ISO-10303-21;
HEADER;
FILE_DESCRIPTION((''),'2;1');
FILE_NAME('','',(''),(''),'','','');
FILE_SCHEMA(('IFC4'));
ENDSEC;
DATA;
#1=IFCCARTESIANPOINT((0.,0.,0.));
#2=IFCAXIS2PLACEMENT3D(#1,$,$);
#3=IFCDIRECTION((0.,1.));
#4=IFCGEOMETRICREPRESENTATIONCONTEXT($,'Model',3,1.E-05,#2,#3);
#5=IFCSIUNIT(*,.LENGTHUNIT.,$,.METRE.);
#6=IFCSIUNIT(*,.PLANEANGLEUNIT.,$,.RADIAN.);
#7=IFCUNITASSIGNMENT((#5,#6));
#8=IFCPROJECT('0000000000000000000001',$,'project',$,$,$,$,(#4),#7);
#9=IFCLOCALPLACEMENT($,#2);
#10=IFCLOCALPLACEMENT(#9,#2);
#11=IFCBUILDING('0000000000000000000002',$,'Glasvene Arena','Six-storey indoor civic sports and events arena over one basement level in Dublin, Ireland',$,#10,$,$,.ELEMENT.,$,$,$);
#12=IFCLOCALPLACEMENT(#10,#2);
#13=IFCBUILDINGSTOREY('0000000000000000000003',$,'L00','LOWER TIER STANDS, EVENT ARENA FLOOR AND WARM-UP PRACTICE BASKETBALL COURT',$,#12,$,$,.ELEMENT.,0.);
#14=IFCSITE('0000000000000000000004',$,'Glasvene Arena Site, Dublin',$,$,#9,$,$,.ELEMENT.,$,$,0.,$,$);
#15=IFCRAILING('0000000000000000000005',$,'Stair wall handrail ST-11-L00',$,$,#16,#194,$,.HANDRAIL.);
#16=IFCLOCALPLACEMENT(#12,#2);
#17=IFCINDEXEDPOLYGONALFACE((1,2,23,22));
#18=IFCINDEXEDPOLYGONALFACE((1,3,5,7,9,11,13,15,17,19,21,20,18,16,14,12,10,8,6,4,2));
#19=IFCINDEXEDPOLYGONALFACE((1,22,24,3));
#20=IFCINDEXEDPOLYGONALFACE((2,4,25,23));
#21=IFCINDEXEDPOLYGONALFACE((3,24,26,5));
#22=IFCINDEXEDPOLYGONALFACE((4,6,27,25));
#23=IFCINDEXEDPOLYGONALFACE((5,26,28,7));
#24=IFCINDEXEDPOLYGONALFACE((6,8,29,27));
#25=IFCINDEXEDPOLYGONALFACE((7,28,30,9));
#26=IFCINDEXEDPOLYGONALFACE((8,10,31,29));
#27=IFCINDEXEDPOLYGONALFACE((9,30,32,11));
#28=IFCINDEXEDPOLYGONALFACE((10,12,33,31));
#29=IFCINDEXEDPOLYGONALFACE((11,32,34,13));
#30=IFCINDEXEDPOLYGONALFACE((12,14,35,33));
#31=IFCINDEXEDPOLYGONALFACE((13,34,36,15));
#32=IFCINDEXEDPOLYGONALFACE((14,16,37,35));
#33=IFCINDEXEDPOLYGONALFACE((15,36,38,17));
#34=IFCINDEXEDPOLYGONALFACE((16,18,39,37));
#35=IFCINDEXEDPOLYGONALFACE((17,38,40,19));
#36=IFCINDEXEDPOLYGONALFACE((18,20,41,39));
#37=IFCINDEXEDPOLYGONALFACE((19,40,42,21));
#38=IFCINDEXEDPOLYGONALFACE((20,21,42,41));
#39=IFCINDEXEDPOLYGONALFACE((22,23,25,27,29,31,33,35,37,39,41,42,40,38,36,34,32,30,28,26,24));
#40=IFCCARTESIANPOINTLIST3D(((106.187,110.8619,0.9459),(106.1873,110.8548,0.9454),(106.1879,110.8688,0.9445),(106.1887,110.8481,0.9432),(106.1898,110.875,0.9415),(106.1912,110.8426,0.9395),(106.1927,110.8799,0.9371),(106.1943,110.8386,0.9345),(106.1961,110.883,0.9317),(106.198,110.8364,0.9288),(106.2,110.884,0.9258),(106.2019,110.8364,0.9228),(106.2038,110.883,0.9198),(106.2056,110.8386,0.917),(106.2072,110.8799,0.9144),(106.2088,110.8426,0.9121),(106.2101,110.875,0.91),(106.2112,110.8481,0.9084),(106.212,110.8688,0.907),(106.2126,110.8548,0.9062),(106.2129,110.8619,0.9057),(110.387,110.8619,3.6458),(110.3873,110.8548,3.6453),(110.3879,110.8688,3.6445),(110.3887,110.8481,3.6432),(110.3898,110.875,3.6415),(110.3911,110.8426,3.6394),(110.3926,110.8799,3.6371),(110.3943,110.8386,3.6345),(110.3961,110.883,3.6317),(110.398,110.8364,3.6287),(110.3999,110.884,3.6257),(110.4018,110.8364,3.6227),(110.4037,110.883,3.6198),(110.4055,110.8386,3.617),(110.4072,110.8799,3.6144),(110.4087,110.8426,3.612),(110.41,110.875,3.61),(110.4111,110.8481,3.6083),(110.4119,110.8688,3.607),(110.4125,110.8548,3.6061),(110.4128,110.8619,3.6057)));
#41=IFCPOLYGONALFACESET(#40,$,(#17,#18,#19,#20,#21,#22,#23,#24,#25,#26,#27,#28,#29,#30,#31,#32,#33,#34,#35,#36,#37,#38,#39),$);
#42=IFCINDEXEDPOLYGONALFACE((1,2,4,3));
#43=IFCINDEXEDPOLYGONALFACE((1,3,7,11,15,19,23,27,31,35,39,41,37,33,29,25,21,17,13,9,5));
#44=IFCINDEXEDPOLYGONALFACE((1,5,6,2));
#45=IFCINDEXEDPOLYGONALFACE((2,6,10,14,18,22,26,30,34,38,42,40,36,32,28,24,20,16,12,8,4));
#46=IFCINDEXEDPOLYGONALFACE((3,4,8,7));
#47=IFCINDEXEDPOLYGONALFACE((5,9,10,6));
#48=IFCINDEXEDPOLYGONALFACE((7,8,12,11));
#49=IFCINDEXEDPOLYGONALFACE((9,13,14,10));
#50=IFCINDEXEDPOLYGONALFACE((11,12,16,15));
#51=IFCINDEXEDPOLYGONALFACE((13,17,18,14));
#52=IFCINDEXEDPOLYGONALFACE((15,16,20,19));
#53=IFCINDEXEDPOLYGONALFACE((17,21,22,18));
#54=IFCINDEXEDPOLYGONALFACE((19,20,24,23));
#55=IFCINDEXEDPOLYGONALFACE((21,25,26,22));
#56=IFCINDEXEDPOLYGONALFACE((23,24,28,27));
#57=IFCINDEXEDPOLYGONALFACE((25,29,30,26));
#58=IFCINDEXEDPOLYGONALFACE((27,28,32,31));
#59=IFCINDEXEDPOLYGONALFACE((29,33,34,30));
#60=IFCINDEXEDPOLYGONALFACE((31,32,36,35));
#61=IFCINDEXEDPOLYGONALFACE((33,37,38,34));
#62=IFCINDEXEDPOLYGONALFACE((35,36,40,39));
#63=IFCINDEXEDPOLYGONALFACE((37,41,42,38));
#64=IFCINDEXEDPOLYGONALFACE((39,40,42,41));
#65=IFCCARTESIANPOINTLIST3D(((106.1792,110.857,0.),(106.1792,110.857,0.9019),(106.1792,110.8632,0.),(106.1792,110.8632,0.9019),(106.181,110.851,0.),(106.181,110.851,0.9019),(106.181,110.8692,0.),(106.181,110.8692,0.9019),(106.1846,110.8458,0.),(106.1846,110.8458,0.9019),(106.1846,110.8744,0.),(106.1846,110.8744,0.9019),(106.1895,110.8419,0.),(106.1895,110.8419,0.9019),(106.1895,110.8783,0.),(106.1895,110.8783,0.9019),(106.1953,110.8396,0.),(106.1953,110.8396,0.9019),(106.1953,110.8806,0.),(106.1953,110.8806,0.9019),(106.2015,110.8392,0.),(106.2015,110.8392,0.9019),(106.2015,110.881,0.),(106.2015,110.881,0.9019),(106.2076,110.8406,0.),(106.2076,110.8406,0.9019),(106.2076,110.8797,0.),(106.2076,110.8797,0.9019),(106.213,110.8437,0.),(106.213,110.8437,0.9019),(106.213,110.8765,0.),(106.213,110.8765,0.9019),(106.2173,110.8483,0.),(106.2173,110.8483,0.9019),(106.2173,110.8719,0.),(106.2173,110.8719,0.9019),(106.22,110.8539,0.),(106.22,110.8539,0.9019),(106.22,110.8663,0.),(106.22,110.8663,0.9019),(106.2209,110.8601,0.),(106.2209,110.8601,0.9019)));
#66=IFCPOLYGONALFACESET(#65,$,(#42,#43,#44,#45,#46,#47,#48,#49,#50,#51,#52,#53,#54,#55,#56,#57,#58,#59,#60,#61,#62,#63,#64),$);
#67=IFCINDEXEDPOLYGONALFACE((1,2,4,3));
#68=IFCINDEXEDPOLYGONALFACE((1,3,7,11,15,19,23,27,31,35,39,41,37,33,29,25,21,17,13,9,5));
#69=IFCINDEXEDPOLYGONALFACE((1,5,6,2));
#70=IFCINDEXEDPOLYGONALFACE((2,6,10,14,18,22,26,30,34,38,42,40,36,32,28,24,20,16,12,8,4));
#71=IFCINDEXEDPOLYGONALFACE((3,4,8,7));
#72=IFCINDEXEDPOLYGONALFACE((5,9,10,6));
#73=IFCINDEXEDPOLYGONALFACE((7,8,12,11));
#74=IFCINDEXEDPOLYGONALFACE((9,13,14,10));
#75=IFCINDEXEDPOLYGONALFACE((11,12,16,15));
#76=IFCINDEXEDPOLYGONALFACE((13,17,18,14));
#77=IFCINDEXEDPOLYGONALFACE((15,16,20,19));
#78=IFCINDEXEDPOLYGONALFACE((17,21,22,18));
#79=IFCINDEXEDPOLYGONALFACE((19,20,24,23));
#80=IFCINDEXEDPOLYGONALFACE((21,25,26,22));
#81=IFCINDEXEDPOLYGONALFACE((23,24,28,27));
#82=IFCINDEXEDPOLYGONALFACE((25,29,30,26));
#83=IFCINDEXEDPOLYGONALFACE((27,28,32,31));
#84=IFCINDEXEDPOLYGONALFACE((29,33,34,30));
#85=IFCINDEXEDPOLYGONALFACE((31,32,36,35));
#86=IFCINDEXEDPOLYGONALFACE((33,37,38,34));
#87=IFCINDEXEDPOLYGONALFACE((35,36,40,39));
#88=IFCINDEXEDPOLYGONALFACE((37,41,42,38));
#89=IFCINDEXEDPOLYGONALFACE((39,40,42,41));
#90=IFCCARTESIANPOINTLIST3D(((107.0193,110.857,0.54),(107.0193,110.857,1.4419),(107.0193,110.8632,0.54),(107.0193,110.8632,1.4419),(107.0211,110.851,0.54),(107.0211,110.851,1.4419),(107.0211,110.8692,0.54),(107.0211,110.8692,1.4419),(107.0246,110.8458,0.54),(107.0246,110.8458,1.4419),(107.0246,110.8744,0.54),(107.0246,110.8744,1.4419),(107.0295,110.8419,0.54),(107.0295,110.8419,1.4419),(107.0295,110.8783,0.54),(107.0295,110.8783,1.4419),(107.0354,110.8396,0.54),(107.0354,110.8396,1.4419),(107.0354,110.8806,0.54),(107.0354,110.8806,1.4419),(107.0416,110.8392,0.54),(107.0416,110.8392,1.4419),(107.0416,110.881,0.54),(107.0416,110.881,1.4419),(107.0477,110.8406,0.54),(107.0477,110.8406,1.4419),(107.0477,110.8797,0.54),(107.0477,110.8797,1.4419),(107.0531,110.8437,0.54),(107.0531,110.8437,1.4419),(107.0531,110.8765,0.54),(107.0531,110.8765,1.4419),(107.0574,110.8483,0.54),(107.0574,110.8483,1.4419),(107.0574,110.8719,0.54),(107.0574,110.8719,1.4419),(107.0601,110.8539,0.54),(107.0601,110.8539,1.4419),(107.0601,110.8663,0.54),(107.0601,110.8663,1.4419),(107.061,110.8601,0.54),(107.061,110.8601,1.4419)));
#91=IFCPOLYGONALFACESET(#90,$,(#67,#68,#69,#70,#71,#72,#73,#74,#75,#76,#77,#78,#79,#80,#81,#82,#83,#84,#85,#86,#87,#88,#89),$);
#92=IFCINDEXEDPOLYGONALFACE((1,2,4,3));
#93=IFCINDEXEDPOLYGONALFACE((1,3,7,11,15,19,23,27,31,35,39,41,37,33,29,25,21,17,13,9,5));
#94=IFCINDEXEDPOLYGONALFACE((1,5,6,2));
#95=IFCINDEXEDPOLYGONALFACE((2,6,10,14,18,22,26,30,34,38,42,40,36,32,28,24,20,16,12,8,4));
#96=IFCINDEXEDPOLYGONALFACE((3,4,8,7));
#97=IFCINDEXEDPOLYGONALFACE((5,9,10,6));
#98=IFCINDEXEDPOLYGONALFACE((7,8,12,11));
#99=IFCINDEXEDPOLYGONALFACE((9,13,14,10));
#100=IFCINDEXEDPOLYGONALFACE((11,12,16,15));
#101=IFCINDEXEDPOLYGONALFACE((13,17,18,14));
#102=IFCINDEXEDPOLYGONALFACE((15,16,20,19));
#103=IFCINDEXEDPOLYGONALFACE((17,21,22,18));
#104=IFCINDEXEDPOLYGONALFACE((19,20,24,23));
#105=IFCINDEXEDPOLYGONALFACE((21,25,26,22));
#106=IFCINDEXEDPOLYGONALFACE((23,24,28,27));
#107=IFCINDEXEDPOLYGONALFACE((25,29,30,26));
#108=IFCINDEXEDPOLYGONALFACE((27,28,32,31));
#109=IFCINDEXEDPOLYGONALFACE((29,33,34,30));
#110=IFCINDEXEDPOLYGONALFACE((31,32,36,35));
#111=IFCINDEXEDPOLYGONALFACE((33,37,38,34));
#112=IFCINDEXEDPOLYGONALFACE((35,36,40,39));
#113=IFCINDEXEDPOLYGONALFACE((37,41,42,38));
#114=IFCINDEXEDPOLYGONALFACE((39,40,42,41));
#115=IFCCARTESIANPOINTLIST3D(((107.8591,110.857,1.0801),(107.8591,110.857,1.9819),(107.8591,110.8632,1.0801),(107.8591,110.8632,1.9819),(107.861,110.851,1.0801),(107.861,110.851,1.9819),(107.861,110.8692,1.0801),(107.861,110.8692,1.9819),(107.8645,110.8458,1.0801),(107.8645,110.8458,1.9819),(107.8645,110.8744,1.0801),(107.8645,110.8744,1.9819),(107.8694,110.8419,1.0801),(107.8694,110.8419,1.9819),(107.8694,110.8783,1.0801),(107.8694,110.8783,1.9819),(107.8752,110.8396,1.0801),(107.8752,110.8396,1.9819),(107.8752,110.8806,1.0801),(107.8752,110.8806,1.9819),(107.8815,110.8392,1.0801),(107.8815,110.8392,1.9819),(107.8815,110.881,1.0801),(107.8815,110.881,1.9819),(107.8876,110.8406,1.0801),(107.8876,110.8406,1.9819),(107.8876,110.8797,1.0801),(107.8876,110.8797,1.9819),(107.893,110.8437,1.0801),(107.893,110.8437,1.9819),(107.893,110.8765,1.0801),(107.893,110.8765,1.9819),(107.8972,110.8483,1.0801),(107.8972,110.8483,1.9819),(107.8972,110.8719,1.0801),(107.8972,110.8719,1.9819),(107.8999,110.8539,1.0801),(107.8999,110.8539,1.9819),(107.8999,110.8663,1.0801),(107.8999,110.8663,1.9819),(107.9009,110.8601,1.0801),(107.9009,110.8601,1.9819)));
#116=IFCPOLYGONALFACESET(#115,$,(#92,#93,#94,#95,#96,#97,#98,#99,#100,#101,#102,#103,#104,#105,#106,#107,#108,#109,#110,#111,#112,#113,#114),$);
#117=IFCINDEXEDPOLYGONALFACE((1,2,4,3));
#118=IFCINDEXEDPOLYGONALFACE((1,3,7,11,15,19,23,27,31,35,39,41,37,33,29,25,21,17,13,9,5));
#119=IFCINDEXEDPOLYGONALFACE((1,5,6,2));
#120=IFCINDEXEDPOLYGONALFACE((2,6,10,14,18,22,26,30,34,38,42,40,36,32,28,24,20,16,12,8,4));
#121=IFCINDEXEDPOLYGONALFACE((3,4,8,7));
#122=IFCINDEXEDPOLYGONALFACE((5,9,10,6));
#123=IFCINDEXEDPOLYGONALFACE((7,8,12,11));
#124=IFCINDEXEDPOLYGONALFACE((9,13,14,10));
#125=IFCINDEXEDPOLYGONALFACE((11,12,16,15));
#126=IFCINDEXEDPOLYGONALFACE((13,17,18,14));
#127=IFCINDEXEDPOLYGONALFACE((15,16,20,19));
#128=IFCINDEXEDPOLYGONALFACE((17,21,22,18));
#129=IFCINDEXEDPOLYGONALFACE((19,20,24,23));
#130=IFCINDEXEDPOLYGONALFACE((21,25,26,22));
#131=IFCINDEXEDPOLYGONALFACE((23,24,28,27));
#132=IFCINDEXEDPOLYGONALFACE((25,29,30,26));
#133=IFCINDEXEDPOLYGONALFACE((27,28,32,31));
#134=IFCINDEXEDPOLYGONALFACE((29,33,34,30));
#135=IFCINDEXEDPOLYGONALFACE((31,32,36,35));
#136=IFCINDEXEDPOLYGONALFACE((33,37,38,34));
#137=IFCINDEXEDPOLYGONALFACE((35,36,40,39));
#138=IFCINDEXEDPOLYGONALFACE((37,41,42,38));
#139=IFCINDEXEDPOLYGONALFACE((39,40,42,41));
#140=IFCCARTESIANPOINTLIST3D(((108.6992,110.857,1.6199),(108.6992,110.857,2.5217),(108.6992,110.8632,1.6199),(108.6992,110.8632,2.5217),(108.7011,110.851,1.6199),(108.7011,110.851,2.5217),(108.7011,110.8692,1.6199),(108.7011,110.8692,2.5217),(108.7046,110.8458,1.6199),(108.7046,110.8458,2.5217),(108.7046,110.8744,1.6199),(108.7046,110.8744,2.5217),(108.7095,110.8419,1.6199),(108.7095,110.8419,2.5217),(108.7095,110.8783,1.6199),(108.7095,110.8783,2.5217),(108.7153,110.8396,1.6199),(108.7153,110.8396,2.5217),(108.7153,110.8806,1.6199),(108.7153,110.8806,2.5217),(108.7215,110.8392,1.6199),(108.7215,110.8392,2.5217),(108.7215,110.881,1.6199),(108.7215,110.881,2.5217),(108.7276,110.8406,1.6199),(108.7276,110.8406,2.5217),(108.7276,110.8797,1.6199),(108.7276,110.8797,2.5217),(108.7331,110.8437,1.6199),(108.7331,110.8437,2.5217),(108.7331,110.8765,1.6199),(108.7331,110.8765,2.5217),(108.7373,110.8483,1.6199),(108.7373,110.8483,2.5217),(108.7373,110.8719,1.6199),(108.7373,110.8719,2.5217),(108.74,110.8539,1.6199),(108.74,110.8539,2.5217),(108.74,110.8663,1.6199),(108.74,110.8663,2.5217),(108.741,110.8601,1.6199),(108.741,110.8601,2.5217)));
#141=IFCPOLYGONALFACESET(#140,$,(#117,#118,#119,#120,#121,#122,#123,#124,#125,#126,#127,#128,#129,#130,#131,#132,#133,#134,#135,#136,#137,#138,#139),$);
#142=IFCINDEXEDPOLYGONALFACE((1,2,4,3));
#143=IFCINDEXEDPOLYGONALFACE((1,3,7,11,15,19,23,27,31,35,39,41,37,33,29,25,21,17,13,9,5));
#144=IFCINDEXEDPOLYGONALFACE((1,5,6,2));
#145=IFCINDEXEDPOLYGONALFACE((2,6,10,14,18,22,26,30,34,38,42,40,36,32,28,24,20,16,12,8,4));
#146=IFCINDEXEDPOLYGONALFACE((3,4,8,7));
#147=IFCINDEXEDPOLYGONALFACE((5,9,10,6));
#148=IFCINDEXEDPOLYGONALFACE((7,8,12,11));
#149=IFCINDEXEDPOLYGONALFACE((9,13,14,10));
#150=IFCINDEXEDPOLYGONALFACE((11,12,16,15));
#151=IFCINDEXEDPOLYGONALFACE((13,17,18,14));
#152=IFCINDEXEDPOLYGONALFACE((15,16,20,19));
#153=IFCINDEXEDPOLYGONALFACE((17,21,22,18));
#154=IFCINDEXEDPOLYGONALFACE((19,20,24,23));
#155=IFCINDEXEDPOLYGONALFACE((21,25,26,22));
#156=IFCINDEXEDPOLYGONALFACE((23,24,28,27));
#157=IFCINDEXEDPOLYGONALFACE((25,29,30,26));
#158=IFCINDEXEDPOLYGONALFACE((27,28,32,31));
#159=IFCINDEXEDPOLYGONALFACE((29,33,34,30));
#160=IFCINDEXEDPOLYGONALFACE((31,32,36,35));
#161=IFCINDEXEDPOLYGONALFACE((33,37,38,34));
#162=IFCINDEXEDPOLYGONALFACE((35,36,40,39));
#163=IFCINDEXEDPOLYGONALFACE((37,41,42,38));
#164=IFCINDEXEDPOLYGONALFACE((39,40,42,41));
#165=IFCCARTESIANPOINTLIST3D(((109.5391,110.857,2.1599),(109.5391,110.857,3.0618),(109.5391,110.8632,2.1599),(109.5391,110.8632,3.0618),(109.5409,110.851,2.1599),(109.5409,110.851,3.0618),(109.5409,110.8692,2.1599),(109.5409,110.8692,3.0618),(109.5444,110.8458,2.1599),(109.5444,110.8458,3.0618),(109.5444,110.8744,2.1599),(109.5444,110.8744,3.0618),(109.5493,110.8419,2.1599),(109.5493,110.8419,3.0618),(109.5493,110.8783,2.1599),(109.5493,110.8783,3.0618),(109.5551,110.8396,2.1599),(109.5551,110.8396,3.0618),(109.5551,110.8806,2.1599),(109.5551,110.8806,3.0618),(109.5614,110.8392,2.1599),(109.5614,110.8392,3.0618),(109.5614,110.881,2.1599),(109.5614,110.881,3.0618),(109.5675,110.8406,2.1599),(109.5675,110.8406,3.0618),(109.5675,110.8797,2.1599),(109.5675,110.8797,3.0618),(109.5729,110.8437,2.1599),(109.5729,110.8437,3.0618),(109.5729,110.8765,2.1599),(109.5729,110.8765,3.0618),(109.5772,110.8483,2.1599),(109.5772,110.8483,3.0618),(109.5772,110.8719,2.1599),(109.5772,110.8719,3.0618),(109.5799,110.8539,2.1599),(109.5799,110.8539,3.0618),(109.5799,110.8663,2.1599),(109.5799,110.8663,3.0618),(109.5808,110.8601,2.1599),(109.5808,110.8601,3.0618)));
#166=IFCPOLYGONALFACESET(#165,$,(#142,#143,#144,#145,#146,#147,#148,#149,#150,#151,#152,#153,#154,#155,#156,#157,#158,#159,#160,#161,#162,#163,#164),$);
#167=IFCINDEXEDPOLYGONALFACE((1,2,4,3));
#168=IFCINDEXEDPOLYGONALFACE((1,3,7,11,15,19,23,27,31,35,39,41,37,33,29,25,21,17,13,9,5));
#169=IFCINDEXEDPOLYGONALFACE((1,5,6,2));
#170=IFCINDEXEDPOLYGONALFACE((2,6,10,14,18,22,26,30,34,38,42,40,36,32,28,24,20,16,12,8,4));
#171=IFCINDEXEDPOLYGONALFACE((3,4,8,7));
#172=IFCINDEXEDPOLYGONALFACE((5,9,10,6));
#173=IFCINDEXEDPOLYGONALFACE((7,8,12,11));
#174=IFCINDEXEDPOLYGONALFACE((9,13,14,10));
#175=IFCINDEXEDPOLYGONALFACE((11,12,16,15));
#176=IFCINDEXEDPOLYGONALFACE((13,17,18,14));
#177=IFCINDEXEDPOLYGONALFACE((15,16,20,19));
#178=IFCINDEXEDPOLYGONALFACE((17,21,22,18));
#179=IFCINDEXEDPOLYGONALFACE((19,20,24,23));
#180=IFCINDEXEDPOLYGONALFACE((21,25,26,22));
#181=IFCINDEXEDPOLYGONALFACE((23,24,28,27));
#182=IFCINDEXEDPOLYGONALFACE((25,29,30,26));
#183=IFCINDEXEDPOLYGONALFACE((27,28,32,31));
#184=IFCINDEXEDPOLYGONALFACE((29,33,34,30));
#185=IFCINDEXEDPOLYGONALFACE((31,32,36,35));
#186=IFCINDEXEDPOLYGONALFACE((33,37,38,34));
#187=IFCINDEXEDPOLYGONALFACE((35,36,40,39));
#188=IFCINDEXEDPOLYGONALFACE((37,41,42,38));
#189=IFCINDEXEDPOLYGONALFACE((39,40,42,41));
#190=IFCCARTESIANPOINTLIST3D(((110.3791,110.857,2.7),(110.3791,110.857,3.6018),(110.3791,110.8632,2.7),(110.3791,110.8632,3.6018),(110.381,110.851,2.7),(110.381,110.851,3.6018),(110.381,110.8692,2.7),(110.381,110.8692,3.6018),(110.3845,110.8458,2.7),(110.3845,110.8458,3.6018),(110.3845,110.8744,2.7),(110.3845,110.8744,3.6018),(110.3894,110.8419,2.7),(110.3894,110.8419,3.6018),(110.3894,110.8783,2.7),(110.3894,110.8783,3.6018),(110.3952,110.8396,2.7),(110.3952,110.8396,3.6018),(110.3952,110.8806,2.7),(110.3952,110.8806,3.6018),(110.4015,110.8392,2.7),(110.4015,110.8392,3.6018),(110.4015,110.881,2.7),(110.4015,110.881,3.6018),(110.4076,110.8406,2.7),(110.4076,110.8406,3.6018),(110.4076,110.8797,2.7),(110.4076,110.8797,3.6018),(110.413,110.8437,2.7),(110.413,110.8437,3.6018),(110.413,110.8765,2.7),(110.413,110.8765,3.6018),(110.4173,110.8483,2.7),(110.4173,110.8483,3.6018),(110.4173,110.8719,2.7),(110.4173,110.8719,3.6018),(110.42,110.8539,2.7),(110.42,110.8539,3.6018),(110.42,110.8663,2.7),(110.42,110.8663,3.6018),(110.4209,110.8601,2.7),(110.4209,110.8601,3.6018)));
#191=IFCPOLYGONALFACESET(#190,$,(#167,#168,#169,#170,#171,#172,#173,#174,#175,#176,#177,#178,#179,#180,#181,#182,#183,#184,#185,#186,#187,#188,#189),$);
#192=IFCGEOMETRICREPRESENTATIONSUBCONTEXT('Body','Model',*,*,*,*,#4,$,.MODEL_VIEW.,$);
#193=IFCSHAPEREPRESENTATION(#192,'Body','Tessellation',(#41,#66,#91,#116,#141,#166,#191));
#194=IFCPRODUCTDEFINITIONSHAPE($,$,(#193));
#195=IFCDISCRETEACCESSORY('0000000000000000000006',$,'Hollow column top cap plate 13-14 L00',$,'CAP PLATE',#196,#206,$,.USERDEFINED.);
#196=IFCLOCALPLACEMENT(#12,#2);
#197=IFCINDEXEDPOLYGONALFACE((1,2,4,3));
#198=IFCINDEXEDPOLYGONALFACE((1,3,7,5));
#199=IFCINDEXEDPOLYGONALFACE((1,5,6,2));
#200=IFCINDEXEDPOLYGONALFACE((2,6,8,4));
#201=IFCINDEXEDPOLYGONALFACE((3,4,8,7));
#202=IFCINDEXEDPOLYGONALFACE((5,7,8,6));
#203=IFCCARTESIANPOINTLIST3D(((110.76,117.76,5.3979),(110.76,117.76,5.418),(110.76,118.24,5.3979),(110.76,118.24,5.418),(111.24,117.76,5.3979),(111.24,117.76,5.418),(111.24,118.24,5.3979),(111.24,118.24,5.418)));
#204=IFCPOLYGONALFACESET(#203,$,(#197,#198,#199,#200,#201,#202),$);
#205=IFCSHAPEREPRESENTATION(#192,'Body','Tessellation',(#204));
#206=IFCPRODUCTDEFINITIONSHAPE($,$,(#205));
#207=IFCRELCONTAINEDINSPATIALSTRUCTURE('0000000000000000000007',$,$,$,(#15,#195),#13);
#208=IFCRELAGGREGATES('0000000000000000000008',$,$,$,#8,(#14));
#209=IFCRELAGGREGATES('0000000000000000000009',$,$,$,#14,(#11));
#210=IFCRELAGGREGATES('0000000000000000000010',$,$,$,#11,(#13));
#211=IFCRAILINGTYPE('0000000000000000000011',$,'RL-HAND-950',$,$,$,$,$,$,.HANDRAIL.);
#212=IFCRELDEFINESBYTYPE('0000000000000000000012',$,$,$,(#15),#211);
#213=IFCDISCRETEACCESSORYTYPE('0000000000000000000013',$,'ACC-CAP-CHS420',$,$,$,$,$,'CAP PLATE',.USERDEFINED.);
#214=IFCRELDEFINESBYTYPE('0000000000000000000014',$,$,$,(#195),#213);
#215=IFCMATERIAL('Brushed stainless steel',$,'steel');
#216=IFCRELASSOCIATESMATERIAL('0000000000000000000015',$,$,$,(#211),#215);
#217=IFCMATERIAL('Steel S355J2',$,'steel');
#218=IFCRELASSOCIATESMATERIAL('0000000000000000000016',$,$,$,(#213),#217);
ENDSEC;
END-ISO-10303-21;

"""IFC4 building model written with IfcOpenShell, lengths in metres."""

from ifc_helpers import new_model, si_unit, direction, frame, origin, origin_2d, place, context, subcontext, project, spatial, rectangle, circle, extrude, material, type_object, element, save


model = new_model("IFC4")

# Units and contexts
model_context = context("Model", 3, precision=1e-05, world=origin(), true_north=direction((0.0, 1.0)))
body_context = subcontext(model_context, "Body", "Model", "MODEL_VIEW")
ifc_project = project(units=[si_unit("LENGTHUNIT", "METRE"), si_unit("PLANEANGLEUNIT", "RADIAN")], contexts=[model_context])

# Site, building, storey
site_placement = place(None, origin())
site = spatial("IfcSite", under=ifc_project, at=site_placement, Name="Glasvene Arena Site, Dublin", CompositionType="ELEMENT", RefElevation=0.0)
building_placement = place(site_placement, origin())
building = spatial("IfcBuilding", under=site, at=building_placement, Name="Glasvene Arena", Description="Six-storey indoor civic sports and events arena over one basement level in Dublin, Ireland", CompositionType="ELEMENT")
storey_placement = place(building_placement, origin())
storey = spatial("IfcBuildingStorey", under=building, at=storey_placement, Name="L00", Description="LOWER TIER STANDS, EVENT ARENA FLOOR AND WARM-UP PRACTICE BASKETBALL COURT", CompositionType="ELEMENT", Elevation=0.0)

# Shared definitions
ifc_material_1 = material(Name="Steel S355J2", Category="steel")

# Railing
ifc_material_2 = material(Name="Brushed stainless steel", Category="steel")
railing_type_1 = type_object("IfcRailingType", Name="RL-HAND-950", PredefinedType="HANDRAIL", material=ifc_material_2)
railing_1_placement = place(storey_placement, frame((106.2, 110.8601, 0.0)))
element("IfcRailing", 1, at=railing_1_placement, inside=storey, type_object=railing_type_1, Name="Stair wall handrail ST-11-L00", PredefinedType="HANDRAIL", context=body_context, shape_type="SweptSolid", body=[
    extrude(circle(Radius=0.0239, at=origin_2d()), frame((0.0, 0.0, 0.9258), z_axis=(0.84118, 0.0, 0.540755), x_axis=(0.0, 1.0, 0.0)), (0.0, 0.0, 1.0), 4.9929),
    extrude(circle(Radius=0.021, at=origin_2d()), origin(), (0.0, 0.0, 1.0), 0.9019),
    extrude(circle(Radius=0.021, at=origin_2d()), frame((0.8401, 0.0, 0.54)), (0.0, 0.0, 1.0), 0.9019),
    extrude(circle(Radius=0.021, at=origin_2d()), frame((1.6799, 0.0, 1.0801)), (0.0, 0.0, 1.0), 0.9019),
    extrude(circle(Radius=0.021, at=origin_2d()), frame((2.52, 0.0, 1.6199)), (0.0, 0.0, 1.0), 0.9019),
    extrude(circle(Radius=0.021, at=origin_2d()), frame((3.3599, 0.0, 2.1599)), (0.0, 0.0, 1.0), 0.9019),
    extrude(circle(Radius=0.021, at=origin_2d()), frame((4.2, 0.0, 2.7)), (0.0, 0.0, 1.0), 0.9019),
])

# Discrete accessory
discrete_accessory_type = type_object("IfcDiscreteAccessoryType", Name="ACC-CAP-CHS420", ElementType="CAP PLATE", PredefinedType="USERDEFINED", material=ifc_material_1)
discrete_accessory_placement = place(storey_placement, frame((111.0, 118.0, 5.3979), z_axis=(0.0, 0.0, 1.0), x_axis=(1.0, 0.0, 0.0)))
element("IfcDiscreteAccessory", 2, at=discrete_accessory_placement, inside=storey, type_object=discrete_accessory_type, Name="Hollow column top cap plate 13-14 L00", ObjectType="CAP PLATE", PredefinedType="USERDEFINED", context=body_context, shape_type="SweptSolid", body=[
    extrude(rectangle(XDim=0.48, YDim=0.48, at=origin_2d()), origin(), (0.0, 0.0, 1.0), 0.02),
])

save(model, "model.ifc")
